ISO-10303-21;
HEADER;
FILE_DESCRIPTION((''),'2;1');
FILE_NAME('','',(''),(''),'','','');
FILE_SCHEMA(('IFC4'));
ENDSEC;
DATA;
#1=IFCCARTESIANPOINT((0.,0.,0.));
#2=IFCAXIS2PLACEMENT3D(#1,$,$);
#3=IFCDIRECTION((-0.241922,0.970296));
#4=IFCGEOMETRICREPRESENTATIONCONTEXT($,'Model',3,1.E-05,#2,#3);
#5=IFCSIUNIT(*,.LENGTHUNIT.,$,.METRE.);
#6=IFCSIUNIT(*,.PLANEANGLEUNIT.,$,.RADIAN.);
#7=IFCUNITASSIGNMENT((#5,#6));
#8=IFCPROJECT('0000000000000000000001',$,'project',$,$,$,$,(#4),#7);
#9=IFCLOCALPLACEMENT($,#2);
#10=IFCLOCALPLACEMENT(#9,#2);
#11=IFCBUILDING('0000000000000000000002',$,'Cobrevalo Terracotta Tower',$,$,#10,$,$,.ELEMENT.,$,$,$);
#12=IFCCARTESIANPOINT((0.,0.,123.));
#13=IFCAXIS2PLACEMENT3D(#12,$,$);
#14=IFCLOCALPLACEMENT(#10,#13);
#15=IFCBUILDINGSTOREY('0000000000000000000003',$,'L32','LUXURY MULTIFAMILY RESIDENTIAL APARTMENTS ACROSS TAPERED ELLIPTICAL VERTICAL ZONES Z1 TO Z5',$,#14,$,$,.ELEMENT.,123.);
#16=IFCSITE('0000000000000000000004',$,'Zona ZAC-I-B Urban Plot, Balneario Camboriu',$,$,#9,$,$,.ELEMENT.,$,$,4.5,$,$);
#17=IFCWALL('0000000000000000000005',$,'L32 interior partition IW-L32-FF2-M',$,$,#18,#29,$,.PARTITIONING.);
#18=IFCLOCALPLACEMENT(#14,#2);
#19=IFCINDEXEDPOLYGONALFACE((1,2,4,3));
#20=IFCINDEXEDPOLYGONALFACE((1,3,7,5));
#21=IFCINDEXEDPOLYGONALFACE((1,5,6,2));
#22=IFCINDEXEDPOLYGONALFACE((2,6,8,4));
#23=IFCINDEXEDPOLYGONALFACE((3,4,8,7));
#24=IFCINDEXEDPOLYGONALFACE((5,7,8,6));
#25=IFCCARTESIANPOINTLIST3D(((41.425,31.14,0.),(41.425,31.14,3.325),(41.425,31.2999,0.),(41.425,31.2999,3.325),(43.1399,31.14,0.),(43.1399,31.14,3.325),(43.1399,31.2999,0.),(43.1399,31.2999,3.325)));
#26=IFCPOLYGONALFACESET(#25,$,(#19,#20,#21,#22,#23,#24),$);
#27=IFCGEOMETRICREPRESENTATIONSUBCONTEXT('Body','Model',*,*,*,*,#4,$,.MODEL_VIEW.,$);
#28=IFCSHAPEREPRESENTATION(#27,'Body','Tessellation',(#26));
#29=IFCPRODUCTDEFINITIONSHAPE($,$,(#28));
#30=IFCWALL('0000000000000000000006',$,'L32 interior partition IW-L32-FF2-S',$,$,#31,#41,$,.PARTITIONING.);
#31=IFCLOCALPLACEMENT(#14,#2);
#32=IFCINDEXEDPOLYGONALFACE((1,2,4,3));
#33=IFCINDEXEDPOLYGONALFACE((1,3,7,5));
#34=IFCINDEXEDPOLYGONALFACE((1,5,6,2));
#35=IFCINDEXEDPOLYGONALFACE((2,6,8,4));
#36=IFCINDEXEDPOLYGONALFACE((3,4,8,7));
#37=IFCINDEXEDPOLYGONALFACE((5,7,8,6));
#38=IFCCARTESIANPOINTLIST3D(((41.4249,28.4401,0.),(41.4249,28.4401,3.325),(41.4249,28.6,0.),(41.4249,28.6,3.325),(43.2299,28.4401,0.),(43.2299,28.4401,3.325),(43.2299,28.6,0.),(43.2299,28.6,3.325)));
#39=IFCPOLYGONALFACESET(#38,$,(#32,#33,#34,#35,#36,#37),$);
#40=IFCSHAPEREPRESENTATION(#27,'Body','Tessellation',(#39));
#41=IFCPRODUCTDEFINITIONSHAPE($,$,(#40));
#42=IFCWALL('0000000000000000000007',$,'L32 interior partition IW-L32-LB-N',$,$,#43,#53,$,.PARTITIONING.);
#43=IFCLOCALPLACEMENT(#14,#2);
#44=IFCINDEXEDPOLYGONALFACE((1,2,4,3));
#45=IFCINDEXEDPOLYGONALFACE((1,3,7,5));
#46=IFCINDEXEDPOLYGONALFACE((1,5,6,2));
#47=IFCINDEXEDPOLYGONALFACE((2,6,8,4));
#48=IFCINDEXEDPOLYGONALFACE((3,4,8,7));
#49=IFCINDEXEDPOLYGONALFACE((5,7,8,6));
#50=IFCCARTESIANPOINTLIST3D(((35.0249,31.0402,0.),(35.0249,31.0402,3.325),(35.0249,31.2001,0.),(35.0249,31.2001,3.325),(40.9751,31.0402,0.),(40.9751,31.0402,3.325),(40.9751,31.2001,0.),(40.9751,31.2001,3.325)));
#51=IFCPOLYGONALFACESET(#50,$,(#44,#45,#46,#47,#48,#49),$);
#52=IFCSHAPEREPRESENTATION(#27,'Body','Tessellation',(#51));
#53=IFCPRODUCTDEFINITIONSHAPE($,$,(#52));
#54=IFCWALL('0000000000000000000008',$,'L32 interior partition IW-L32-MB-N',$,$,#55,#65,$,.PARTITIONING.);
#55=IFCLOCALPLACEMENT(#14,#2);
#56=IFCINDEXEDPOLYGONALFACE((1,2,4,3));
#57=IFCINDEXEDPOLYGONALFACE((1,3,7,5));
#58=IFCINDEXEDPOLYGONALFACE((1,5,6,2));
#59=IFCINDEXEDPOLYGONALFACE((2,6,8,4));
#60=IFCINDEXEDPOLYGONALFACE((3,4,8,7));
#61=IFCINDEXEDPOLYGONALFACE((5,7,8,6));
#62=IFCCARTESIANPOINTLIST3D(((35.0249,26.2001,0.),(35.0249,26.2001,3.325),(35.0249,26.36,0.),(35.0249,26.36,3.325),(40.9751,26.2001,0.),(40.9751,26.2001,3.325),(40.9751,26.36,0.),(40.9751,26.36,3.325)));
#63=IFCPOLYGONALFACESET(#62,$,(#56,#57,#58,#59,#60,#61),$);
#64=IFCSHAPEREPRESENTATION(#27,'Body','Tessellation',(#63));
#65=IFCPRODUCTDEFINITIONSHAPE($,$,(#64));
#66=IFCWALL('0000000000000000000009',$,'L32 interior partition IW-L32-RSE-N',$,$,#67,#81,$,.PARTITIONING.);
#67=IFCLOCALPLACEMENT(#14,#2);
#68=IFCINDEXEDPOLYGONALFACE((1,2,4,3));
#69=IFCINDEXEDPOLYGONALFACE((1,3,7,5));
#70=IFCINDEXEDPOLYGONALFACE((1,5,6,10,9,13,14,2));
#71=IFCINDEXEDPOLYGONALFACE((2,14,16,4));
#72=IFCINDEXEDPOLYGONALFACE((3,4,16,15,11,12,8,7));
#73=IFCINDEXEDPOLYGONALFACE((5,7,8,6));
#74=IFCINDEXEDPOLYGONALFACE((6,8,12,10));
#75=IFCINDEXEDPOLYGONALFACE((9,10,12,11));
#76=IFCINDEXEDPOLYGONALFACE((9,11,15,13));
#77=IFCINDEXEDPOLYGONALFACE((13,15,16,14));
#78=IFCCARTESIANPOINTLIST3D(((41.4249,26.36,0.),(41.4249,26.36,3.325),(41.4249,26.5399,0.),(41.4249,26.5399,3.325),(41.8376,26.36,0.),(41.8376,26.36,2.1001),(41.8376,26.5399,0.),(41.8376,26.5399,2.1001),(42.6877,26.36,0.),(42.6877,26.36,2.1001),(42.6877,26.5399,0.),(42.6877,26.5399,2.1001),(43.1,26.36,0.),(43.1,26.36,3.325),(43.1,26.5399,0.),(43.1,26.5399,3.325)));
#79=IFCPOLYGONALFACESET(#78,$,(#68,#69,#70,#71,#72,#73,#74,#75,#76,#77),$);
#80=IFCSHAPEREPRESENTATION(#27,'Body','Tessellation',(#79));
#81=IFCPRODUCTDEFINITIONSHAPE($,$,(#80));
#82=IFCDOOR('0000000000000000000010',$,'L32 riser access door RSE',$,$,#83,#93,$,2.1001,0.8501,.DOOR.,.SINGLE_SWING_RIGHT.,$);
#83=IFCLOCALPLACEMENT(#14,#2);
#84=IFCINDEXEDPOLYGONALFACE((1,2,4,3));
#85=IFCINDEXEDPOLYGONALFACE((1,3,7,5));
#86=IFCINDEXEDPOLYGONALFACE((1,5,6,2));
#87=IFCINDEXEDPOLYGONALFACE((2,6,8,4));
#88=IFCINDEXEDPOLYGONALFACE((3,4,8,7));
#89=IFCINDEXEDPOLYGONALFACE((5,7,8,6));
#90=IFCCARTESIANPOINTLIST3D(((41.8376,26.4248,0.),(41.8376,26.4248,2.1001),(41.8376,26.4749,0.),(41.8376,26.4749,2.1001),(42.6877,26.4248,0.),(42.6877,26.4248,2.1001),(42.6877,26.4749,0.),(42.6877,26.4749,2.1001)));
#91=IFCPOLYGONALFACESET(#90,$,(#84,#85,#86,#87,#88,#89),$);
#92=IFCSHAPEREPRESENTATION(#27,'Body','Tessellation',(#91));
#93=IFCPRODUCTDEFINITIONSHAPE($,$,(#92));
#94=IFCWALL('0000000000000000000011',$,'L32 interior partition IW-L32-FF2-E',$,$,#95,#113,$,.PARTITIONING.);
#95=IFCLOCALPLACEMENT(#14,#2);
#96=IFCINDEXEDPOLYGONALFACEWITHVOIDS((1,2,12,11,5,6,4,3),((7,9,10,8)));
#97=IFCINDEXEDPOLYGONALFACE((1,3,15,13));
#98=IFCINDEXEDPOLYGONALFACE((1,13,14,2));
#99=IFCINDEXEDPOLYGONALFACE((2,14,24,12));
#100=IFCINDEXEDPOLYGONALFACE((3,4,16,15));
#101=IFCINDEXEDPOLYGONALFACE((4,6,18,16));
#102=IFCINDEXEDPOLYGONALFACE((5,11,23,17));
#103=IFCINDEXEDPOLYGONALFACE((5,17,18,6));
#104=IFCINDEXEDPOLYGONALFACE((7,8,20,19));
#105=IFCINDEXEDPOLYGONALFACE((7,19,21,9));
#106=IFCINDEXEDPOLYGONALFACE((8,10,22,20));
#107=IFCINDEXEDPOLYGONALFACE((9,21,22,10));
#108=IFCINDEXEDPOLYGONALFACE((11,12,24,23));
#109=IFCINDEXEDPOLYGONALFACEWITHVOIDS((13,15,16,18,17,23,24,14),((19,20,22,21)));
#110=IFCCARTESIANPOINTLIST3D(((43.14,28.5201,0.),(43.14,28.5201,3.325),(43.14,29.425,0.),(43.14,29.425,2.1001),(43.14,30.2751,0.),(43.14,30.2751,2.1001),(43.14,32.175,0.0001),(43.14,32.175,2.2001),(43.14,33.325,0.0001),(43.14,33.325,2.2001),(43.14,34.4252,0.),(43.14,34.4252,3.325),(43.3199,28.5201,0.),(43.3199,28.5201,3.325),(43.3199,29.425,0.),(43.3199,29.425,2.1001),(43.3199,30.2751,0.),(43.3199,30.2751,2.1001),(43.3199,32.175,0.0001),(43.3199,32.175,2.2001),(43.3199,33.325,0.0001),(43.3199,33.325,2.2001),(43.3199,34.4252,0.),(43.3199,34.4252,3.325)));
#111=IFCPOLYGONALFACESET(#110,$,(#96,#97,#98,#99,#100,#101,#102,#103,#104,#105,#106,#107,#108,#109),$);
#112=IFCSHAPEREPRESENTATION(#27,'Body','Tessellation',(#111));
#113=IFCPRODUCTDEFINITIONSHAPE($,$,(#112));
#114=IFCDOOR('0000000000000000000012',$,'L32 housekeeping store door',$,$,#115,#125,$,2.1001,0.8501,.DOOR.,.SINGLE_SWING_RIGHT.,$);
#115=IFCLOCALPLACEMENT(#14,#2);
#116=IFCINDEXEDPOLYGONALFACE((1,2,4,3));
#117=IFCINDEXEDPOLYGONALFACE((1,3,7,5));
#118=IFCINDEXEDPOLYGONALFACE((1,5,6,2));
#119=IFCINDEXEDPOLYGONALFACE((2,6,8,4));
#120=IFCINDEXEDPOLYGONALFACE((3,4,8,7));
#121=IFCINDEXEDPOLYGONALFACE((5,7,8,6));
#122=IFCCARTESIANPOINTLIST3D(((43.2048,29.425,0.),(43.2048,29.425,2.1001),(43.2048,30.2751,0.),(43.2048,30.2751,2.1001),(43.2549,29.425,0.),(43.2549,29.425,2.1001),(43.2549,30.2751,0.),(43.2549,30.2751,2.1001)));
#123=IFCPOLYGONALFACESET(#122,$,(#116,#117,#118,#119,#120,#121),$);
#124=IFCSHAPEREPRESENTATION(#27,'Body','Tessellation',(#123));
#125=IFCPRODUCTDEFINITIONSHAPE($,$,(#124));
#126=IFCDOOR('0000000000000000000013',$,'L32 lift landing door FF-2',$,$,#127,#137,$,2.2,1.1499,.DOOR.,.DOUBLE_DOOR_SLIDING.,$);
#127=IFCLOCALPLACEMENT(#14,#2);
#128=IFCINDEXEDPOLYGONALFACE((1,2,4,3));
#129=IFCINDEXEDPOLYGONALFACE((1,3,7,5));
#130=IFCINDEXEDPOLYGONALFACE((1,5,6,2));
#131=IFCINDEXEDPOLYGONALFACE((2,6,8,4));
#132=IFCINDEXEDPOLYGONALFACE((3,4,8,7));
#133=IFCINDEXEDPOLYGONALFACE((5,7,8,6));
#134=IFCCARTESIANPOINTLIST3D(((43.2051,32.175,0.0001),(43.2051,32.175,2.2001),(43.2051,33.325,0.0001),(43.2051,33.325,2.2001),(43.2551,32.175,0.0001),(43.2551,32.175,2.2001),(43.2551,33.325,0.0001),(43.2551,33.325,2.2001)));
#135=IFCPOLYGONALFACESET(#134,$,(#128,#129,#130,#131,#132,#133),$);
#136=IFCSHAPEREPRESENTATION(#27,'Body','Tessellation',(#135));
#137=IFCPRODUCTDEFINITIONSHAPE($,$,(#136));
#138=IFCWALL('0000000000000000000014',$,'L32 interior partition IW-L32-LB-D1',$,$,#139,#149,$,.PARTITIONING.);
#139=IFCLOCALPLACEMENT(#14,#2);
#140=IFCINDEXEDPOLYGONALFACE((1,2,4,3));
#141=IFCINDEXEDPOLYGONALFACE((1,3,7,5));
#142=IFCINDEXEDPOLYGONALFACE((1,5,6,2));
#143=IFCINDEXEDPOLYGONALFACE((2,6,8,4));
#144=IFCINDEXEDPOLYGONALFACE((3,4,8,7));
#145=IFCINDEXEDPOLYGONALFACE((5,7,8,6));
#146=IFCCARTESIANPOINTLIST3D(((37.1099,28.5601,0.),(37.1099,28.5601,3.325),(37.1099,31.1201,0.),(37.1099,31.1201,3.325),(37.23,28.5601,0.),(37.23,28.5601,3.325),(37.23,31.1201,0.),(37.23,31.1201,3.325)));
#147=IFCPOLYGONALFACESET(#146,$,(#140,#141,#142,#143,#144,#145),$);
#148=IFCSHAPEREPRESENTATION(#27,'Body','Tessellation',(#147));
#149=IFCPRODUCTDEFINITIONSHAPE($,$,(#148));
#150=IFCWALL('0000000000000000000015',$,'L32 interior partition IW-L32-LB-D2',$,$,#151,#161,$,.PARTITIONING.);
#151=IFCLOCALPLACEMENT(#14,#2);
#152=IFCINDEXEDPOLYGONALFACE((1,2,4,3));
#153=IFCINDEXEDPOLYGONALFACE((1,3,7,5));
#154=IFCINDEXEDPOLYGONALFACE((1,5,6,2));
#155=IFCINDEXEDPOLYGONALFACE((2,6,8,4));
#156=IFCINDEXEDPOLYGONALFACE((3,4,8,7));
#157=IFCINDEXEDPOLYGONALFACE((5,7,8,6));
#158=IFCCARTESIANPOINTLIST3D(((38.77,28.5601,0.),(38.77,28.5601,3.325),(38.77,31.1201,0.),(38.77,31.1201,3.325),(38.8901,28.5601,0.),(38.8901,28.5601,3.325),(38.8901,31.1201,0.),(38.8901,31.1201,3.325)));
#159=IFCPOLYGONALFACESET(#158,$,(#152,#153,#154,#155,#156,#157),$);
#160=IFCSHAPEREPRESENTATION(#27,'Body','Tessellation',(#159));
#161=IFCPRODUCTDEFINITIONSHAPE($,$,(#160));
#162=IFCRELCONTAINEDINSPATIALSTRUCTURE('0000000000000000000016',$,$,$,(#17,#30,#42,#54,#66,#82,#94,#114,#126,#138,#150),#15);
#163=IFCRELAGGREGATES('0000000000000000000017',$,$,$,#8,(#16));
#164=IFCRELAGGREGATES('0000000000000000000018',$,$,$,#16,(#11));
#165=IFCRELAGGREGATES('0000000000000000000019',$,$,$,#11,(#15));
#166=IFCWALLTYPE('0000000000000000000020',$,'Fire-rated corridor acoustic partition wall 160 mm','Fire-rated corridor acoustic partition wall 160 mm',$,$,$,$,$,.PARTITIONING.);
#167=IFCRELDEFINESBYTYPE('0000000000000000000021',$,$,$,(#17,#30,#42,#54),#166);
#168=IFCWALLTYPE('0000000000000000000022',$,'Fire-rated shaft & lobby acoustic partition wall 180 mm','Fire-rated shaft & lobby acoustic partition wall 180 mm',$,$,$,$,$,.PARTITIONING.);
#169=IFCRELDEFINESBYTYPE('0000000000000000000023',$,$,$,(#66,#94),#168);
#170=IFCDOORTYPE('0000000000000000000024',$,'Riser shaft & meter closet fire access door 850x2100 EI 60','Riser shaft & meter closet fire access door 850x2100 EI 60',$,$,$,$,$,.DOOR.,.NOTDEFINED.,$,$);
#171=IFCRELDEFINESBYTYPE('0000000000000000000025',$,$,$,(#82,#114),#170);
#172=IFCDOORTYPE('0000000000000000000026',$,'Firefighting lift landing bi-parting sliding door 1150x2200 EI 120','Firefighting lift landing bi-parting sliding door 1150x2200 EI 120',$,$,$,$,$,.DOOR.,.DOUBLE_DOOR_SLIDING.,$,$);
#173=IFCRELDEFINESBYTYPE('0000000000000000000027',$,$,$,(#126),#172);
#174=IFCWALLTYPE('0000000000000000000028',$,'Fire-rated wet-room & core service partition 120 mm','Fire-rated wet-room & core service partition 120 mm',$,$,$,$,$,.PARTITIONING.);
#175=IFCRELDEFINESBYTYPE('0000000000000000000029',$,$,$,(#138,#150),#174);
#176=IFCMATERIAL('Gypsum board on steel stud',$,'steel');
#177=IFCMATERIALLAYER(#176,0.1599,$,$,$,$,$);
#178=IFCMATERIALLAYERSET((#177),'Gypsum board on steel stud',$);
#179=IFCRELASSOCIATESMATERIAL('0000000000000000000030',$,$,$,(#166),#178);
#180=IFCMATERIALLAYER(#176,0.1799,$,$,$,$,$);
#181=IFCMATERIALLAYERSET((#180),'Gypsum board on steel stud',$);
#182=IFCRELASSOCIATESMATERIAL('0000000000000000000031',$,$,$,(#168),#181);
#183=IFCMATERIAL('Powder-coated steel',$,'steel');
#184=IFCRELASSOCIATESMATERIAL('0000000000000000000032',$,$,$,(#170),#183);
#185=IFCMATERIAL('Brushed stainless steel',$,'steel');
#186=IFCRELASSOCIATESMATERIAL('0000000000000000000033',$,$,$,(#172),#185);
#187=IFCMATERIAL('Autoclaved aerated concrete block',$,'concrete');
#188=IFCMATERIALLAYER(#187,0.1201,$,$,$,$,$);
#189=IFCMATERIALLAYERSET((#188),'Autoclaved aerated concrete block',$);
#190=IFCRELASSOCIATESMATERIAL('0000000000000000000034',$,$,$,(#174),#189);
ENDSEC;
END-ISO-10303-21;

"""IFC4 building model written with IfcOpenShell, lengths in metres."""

from ifc_helpers import new_model, si_unit, direction, frame, frame_2d, origin, place, context, subcontext, project, spatial, rectangle, extrude, source, transform, mapped, material, layer, layer_set, type_object, element, fill, save


model = new_model("IFC4")

# Units and contexts
model_context = context("Model", 3, precision=1e-05, world=origin(), true_north=direction((-0.241922, 0.970296)))
body_context = subcontext(model_context, "Body", "Model", "MODEL_VIEW")
ifc_project = project(units=[si_unit("LENGTHUNIT", "METRE"), si_unit("PLANEANGLEUNIT", "RADIAN")], contexts=[model_context])

# Site, building, storey
site_placement = place(None, origin())
site = spatial("IfcSite", under=ifc_project, at=site_placement, Name="Zona ZAC-I-B Urban Plot, Balneario Camboriu", CompositionType="ELEMENT", RefElevation=4.5)
building_placement = place(site_placement, origin())
building = spatial("IfcBuilding", under=site, at=building_placement, Name="Cobrevalo Terracotta Tower", CompositionType="ELEMENT")
storey_placement = place(building_placement, frame((0.0, 0.0, 123.0)))
storey = spatial("IfcBuildingStorey", under=building, at=storey_placement, Name="L32", Description="LUXURY MULTIFAMILY RESIDENTIAL APARTMENTS ACROSS TAPERED ELLIPTICAL VERTICAL ZONES Z1 TO Z5", CompositionType="ELEMENT", Elevation=123.0)

# Walls
ifc_material_1 = material(Name="Gypsum board on steel stud", Category="steel")
ifc_layer_1 = layer(ifc_material_1, 0.1599)
ifc_layer_set_1 = layer_set([ifc_layer_1], Name="Gypsum board on steel stud")
wall_type_1 = type_object("IfcWallType", Name="Fire-rated corridor acoustic partition wall 160 mm", Description="Fire-rated corridor acoustic partition wall 160 mm", PredefinedType="PARTITIONING", material=ifc_layer_set_1)
wall_1_placement = place(storey_placement, frame((41.425, 31.22, 0.0), z_axis=(0.0, 0.0, 1.0), x_axis=(1.0, 0.0, 0.0)))
element("IfcWall", 1, at=wall_1_placement, inside=storey, type_object=wall_type_1, Name="L32 interior partition IW-L32-FF2-M", PredefinedType="PARTITIONING", context=body_context, shape_type="SweptSolid", body=[
    extrude(rectangle(XDim=1.7148, YDim=0.1599, at=frame_2d((0.8574, 0.0))), origin(), (0.0, 0.0, 1.0), 3.325),
])
wall_2_placement = place(storey_placement, frame((41.425, 28.52, 0.0), z_axis=(0.0, 0.0, 1.0), x_axis=(1.0, 0.0, 0.0)))
element("IfcWall", 2, at=wall_2_placement, inside=storey, type_object=wall_type_1, Name="L32 interior partition IW-L32-FF2-S", PredefinedType="PARTITIONING", context=body_context, shape_type="SweptSolid", body=[
    extrude(rectangle(XDim=1.8049, YDim=0.1599, at=frame_2d((0.9023, 0.0))), origin(), (0.0, 0.0, 1.0), 3.325),
])
for number, where, z_axis, x_axis, name in (
    (3, (35.0249, 31.1201, 0.0), (0.0, 0.0, 1.0), (1.0, 0.0, 0.0), "L32 interior partition IW-L32-LB-N"),
    (4, (35.0249, 26.28, 0.0), (0.0, 0.0, 1.0), (1.0, 0.0, 0.0), "L32 interior partition IW-L32-MB-N"),
):
    element("IfcWall", number, at=place(storey_placement, frame(where, z_axis=z_axis, x_axis=x_axis)), inside=storey, type_object=wall_type_1, Name=name, PredefinedType="PARTITIONING", context=body_context, shape_type="SweptSolid", body=[
        extrude(rectangle(XDim=5.9502, YDim=0.1599, at=frame_2d((2.9751, 0.0))), origin(), (0.0, 0.0, 1.0), 3.325),
    ])

# Wall, opening, door
ifc_layer_2 = layer(ifc_material_1, 0.1799)
ifc_layer_set_2 = layer_set([ifc_layer_2], Name="Gypsum board on steel stud")
wall_type_2 = type_object("IfcWallType", Name="Fire-rated shaft & lobby acoustic partition wall 180 mm", Description="Fire-rated shaft & lobby acoustic partition wall 180 mm", PredefinedType="PARTITIONING", material=ifc_layer_set_2)
wall_3_placement = place(storey_placement, frame((41.425, 26.45, 0.0), z_axis=(0.0, 0.0, 1.0), x_axis=(1.0, 0.0, 0.0)))
wall_3 = element("IfcWall", 5, at=wall_3_placement, inside=storey, type_object=wall_type_2, Name="L32 interior partition IW-L32-RSE-N", PredefinedType="PARTITIONING", context=body_context, shape_type="SweptSolid", body=[
    extrude(rectangle(XDim=1.675, YDim=0.1799, at=frame_2d((0.8374, 0.0))), origin(), (0.0, 0.0, 1.0), 3.325),
])
opening_1_placement = place(wall_3_placement, frame((0.4126, 0.0, 0.0)))
opening_1 = element("IfcOpeningElement", 6, at=opening_1_placement, cuts=wall_3, PredefinedType="OPENING", context=body_context, shape_type="SweptSolid", body=[
    extrude(rectangle(XDim=0.8501, YDim=2.1001, at=frame_2d((0.425, 1.05))), frame((0.0, 0.1001, 0.0), z_axis=(0.0, -1.0, 0.0), x_axis=(1.0, 0.0, 0.0)), (0.0, 0.0, 1.0), 0.2),
])
ifc_material_2 = material(Name="Powder-coated steel", Category="steel")
door_type_1 = type_object("IfcDoorType", Name="Riser shaft & meter closet fire access door 850x2100 EI 60", Description="Riser shaft & meter closet fire access door 850x2100 EI 60", OperationType="NOTDEFINED", PredefinedType="DOOR", material=ifc_material_2)
shared_shape_1 = source(origin(), body_context, "Body", "SweptSolid", [
    extrude(rectangle(XDim=0.8501, YDim=2.1001, at=frame_2d((0.425, 1.05))), frame((0.0, 0.0249, 0.0), z_axis=(0.0, -1.0, 0.0), x_axis=(1.0, 0.0, 0.0)), (0.0, 0.0, 1.0), 0.05),
])
door_1_placement = place(opening_1_placement, origin())
door_1 = element("IfcDoor", 7, at=door_1_placement, inside=storey, type_object=door_type_1, Name="L32 riser access door RSE", OperationType="SINGLE_SWING_RIGHT", OverallHeight=2.1001, OverallWidth=0.8501, PredefinedType="DOOR", context=body_context, shape_type="MappedRepresentation", body=[
    mapped(shared_shape_1, transform((0.0, 0.0, 0.0), scale=1.0)),
])
fill(opening_1, door_1)

# Wall, openings, doors
wall_4_placement = place(storey_placement, frame((43.23, 28.52, 0.0), z_axis=(0.0, 0.0, 1.0), x_axis=(0.0, 1.0, 0.0)))
wall_4 = element("IfcWall", 8, at=wall_4_placement, inside=storey, type_object=wall_type_2, Name="L32 interior partition IW-L32-FF2-E", PredefinedType="PARTITIONING", context=body_context, shape_type="SweptSolid", body=[
    extrude(rectangle(XDim=5.905, YDim=0.1799, at=frame_2d((2.9526, 0.0))), origin(), (0.0, 0.0, 1.0), 3.325),
])
opening_2_placement = place(wall_4_placement, frame((0.905, 0.0, 0.0)))
opening_2 = element("IfcOpeningElement", 9, at=opening_2_placement, cuts=wall_4, PredefinedType="OPENING", context=body_context, shape_type="SweptSolid", body=[
    extrude(rectangle(XDim=0.8501, YDim=2.1001, at=frame_2d((0.425, 1.05))), frame((0.0, 0.1001, 0.0), z_axis=(0.0, -1.0, 0.0), x_axis=(1.0, 0.0, 0.0)), (0.0, 0.0, 1.0), 0.2),
])
opening_3_placement = place(wall_4_placement, frame((3.655, 0.0, 0.0)))
opening_3 = element("IfcOpeningElement", 10, at=opening_3_placement, cuts=wall_4, PredefinedType="OPENING", context=body_context, shape_type="SweptSolid", body=[
    extrude(rectangle(XDim=1.1499, YDim=2.2, at=frame_2d((0.575, 1.1001))), frame((0.0, 0.1001, 0.0), z_axis=(0.0, -1.0, 0.0), x_axis=(1.0, 0.0, 0.0)), (0.0, 0.0, 1.0), 0.2),
])
door_2_placement = place(opening_2_placement, frame((0.8501, 0.0, 0.0), z_axis=(0.0, 0.0, 1.0), x_axis=(-1.0, 0.0, 0.0)))
door_2 = element("IfcDoor", 11, at=door_2_placement, inside=storey, type_object=door_type_1, Name="L32 housekeeping store door", OperationType="SINGLE_SWING_RIGHT", OverallHeight=2.1001, OverallWidth=0.8501, PredefinedType="DOOR", context=body_context, shape_type="MappedRepresentation", body=[
    mapped(shared_shape_1, transform((0.0, 0.0, 0.0), scale=1.0)),
])
fill(opening_2, door_2)
ifc_material_3 = material(Name="Brushed stainless steel", Category="steel")
door_type_2 = type_object("IfcDoorType", Name="Firefighting lift landing bi-parting sliding door 1150x2200 EI 120", Description="Firefighting lift landing bi-parting sliding door 1150x2200 EI 120", OperationType="DOUBLE_DOOR_SLIDING", PredefinedType="DOOR", material=ifc_material_3)
shared_shape_2 = source(origin(), body_context, "Body", "SweptSolid", [
    extrude(rectangle(XDim=1.1499, YDim=2.2, at=frame_2d((0.575, 1.1001))), frame((0.0, 0.0249, 0.0), z_axis=(0.0, -1.0, 0.0), x_axis=(1.0, 0.0, 0.0)), (0.0, 0.0, 1.0), 0.05),
])
door_3_placement = place(opening_3_placement, origin())
door_3 = element("IfcDoor", 12, at=door_3_placement, inside=storey, type_object=door_type_2, Name="L32 lift landing door FF-2", OperationType="DOUBLE_DOOR_SLIDING", OverallHeight=2.2, OverallWidth=1.1499, PredefinedType="DOOR", context=body_context, shape_type="MappedRepresentation", body=[
    mapped(shared_shape_2, transform((0.0, 0.0, 0.0), scale=1.0)),
])
fill(opening_3, door_3)

# Walls
ifc_material_4 = material(Name="Autoclaved aerated concrete block", Category="concrete")
ifc_layer_3 = layer(ifc_material_4, 0.1201)
ifc_layer_set_3 = layer_set([ifc_layer_3], Name="Autoclaved aerated concrete block")
wall_type_3 = type_object("IfcWallType", Name="Fire-rated wet-room & core service partition 120 mm", Description="Fire-rated wet-room & core service partition 120 mm", PredefinedType="PARTITIONING", material=ifc_layer_set_3)
for number, where, z_axis, x_axis, name in (
    (13, (37.1699, 28.5601, 0.0), (0.0, 0.0, 1.0), (0.0, 1.0, 0.0), "L32 interior partition IW-L32-LB-D1"),
    (14, (38.8301, 28.5601, 0.0), (0.0, 0.0, 1.0), (0.0, 1.0, 0.0), "L32 interior partition IW-L32-LB-D2"),
):
    element("IfcWall", number, at=place(storey_placement, frame(where, z_axis=z_axis, x_axis=x_axis)), inside=storey, type_object=wall_type_3, Name=name, PredefinedType="PARTITIONING", context=body_context, shape_type="SweptSolid", body=[
        extrude(rectangle(XDim=2.5601, YDim=0.1201, at=frame_2d((1.28, 0.0))), origin(), (0.0, 0.0, 1.0), 3.325),
    ])

save(model, "model.ifc")
